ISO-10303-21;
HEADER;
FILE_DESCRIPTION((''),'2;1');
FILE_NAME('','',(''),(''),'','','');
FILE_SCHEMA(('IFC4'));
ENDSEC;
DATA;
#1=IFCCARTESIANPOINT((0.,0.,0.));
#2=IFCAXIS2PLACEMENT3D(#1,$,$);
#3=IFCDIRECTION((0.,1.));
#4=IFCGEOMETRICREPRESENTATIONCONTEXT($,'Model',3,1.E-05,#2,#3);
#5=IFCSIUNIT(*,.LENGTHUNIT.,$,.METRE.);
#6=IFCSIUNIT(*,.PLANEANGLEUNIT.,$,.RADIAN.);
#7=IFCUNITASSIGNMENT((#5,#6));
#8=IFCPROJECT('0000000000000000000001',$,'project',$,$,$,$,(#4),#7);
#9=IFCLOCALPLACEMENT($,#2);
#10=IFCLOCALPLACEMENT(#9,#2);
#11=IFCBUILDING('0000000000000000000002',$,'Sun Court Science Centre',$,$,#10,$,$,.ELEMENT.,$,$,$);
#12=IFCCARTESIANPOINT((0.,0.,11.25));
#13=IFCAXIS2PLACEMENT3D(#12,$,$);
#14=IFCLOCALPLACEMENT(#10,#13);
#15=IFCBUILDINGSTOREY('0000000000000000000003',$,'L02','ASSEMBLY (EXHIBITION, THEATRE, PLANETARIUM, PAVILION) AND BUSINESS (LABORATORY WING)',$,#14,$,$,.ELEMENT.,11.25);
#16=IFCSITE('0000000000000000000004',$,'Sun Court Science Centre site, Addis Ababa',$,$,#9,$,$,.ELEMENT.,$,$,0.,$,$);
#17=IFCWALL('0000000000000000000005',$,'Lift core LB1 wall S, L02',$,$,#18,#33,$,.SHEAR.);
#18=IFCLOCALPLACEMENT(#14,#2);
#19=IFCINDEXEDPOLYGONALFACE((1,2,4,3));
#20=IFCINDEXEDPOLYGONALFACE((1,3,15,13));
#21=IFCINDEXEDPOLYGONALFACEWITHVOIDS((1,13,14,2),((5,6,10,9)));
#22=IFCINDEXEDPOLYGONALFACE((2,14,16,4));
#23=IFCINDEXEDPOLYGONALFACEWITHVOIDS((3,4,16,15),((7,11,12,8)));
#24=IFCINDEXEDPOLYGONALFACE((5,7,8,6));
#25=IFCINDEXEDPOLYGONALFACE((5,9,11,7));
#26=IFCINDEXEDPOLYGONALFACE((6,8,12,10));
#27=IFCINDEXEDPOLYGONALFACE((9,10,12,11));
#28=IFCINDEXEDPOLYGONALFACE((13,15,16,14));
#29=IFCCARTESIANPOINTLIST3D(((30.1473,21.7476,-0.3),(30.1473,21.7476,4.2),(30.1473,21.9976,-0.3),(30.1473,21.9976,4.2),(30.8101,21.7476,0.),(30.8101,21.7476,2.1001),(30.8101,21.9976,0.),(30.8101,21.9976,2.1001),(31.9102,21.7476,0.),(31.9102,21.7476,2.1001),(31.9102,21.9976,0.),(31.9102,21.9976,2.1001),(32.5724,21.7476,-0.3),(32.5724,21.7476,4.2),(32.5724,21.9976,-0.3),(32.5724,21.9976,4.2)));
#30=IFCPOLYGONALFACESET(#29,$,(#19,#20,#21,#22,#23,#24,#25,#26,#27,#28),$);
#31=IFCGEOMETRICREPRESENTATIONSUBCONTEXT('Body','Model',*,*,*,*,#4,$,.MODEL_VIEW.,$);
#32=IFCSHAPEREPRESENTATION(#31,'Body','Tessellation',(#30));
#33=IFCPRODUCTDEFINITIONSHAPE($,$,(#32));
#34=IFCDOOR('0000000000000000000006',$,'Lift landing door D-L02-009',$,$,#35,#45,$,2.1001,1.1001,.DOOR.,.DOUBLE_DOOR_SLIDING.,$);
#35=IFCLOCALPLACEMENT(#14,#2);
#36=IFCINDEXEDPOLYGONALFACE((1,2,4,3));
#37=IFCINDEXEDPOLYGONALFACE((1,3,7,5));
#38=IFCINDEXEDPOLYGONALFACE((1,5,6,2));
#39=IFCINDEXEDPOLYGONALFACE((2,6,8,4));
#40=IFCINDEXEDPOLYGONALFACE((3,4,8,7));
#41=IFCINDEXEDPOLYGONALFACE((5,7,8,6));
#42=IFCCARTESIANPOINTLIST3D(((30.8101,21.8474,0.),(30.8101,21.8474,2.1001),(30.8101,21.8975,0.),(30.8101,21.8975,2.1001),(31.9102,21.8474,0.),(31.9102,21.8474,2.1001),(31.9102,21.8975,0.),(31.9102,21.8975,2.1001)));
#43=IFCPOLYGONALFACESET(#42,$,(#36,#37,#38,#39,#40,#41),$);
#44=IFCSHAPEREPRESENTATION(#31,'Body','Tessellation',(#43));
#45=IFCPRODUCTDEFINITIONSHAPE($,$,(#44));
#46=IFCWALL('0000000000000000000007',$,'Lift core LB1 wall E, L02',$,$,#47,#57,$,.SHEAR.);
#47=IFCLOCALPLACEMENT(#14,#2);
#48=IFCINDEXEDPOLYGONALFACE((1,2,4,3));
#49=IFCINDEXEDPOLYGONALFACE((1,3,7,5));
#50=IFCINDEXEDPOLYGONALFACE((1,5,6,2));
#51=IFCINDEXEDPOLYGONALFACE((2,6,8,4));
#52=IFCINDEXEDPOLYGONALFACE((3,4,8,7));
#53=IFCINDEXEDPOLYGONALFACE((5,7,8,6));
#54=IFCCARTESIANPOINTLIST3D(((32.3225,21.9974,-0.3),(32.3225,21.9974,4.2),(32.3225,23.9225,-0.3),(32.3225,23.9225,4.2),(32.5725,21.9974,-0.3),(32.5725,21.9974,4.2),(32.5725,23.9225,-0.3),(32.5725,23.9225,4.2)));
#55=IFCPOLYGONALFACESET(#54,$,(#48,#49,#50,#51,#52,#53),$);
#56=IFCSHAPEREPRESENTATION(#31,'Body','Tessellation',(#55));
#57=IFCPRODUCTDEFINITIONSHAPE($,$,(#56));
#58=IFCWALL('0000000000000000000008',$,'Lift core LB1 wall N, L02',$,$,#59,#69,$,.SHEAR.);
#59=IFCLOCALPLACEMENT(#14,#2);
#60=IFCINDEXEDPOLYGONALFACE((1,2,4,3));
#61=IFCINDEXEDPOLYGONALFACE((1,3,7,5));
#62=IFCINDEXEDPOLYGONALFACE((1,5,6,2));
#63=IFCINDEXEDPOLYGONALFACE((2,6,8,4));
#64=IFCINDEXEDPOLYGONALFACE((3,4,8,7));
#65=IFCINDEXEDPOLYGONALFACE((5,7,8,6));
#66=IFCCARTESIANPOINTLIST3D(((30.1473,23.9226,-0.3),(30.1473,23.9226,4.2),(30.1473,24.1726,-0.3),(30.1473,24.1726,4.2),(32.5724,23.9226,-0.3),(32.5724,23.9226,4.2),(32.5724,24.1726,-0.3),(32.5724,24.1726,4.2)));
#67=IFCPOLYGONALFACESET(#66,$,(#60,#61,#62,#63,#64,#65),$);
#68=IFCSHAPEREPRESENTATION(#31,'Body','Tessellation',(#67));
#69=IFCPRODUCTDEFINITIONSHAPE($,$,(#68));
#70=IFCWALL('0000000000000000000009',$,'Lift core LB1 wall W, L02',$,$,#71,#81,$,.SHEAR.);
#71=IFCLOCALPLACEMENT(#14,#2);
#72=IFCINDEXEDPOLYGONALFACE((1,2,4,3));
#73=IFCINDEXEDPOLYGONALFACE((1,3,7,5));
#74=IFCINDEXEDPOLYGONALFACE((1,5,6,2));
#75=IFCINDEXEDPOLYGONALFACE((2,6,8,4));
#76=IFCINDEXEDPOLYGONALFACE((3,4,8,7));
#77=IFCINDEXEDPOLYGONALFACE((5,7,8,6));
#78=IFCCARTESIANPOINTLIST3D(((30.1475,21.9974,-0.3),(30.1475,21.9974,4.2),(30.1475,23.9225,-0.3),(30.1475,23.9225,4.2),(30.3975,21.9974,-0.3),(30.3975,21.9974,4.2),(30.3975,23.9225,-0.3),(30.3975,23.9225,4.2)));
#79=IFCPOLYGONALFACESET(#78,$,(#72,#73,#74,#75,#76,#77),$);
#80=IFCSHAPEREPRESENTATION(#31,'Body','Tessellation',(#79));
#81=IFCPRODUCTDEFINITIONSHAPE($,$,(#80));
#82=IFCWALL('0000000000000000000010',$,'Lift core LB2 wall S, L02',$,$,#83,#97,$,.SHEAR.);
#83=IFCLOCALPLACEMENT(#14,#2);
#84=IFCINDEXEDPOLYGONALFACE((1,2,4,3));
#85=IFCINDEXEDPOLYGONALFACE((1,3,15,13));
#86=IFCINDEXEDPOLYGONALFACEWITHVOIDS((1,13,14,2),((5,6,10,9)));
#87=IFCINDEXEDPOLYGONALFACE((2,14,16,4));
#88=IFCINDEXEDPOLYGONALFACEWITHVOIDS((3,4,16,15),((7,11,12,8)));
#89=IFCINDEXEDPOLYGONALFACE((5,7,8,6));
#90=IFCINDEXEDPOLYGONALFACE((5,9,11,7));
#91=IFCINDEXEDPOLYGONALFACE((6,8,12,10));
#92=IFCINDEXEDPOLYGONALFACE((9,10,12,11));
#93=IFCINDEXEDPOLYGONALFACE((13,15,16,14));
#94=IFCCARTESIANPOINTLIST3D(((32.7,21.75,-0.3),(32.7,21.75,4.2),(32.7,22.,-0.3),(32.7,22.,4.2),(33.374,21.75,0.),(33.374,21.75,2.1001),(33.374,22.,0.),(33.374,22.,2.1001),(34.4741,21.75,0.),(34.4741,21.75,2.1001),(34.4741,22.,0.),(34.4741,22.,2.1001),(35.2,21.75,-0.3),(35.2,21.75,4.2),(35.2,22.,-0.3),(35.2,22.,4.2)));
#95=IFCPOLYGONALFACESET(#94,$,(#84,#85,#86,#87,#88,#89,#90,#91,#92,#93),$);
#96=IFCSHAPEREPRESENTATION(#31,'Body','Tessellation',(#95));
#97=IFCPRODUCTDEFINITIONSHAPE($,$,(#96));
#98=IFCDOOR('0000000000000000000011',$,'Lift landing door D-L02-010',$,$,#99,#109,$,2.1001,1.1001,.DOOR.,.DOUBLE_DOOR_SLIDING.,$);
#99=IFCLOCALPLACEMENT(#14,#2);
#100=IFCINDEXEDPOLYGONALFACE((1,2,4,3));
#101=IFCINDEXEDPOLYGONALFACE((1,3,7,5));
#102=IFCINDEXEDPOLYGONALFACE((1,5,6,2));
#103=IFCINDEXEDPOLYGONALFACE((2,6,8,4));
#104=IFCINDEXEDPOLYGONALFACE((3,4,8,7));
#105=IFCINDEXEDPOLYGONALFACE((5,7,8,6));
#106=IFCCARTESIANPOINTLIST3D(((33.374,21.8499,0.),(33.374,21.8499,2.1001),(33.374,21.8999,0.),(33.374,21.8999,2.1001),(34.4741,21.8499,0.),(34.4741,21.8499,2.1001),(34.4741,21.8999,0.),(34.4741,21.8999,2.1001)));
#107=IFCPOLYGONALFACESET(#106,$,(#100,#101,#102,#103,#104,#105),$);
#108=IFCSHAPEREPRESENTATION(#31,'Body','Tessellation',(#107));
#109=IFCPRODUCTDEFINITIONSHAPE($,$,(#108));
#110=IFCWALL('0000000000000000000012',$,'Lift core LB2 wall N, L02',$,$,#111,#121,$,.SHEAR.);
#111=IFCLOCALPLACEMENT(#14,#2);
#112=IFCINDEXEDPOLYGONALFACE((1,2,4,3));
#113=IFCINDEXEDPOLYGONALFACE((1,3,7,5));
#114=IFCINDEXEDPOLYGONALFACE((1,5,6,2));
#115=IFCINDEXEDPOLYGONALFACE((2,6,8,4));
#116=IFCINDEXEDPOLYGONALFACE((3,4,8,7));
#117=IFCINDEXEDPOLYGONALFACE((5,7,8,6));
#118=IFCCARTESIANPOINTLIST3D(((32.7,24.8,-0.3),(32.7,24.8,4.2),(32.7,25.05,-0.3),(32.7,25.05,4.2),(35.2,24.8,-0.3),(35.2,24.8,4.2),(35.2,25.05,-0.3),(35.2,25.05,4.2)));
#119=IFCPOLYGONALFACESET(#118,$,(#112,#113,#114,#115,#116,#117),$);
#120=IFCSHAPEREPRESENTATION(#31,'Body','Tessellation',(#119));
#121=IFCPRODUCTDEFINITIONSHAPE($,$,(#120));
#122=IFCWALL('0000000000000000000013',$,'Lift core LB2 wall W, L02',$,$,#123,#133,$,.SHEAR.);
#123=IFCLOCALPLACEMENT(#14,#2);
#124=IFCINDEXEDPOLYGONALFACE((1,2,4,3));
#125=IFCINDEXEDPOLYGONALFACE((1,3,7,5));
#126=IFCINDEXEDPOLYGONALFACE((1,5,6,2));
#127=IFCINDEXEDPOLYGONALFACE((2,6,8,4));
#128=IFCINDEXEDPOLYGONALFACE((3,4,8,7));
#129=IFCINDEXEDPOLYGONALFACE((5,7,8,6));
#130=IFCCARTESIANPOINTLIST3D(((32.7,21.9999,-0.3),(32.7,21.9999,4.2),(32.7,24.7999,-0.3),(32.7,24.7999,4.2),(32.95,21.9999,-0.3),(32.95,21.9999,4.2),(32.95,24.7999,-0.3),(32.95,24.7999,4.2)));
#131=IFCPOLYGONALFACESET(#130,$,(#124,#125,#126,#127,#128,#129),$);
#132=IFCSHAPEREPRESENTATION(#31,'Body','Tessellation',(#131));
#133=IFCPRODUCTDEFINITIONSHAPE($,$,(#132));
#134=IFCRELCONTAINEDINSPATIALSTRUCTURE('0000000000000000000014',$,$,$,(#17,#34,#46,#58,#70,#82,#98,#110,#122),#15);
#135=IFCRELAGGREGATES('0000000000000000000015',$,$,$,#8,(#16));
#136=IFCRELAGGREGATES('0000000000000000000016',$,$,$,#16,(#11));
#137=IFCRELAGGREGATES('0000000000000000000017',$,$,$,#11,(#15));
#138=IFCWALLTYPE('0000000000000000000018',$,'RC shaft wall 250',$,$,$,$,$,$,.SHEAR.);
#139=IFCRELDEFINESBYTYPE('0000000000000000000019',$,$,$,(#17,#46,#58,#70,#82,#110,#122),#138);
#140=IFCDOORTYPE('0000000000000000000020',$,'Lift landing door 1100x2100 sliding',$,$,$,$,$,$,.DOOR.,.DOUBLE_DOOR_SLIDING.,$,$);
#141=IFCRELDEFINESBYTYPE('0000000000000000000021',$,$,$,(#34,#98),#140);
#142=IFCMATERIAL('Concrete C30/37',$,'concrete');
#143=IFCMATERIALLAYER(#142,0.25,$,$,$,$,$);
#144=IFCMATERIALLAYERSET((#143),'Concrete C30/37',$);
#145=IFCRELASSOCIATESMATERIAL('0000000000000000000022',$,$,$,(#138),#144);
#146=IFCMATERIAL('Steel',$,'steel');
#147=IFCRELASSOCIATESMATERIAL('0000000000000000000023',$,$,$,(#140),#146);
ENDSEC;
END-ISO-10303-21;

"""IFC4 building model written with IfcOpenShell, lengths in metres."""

from ifc_helpers import new_model, si_unit, direction, frame, frame_2d, origin, place, context, subcontext, project, spatial, rectangle, extrude, material, layer, layer_set, type_object, element, fill, save


model = new_model("IFC4")

# Units and contexts
model_context = context("Model", 3, precision=1e-05, world=origin(), true_north=direction((0.0, 1.0)))
body_context = subcontext(model_context, "Body", "Model", "MODEL_VIEW")
ifc_project = project(units=[si_unit("LENGTHUNIT", "METRE"), si_unit("PLANEANGLEUNIT", "RADIAN")], contexts=[model_context])

# Site, building, storey
site_placement = place(None, origin())
site = spatial("IfcSite", under=ifc_project, at=site_placement, Name="Sun Court Science Centre site, Addis Ababa", CompositionType="ELEMENT", RefElevation=0.0)
building_placement = place(site_placement, origin())
building = spatial("IfcBuilding", under=site, at=building_placement, Name="Sun Court Science Centre", CompositionType="ELEMENT")
storey_placement = place(building_placement, frame((0.0, 0.0, 11.25)))
storey = spatial("IfcBuildingStorey", under=building, at=storey_placement, Name="L02", Description="ASSEMBLY (EXHIBITION, THEATRE, PLANETARIUM, PAVILION) AND BUSINESS (LABORATORY WING)", CompositionType="ELEMENT", Elevation=11.25)

# Wall, opening, door
ifc_material_1 = material(Name="Concrete C30/37", Category="concrete")
ifc_layer_1 = layer(ifc_material_1, 0.25)
ifc_layer_set_1 = layer_set([ifc_layer_1], Name="Concrete C30/37")
wall_type = type_object("IfcWallType", Name="RC shaft wall 250", PredefinedType="SHEAR", material=ifc_layer_set_1)
wall_1_placement = place(storey_placement, frame((30.1475, 21.8726, -0.3), z_axis=(0.0, 0.0, 1.0), x_axis=(1.0, 0.0, 0.0)))
wall_1 = element("IfcWall", 1, at=wall_1_placement, inside=storey, type_object=wall_type, Name="Lift core LB1 wall S, L02", PredefinedType="SHEAR", context=body_context, shape_type="SweptSolid", body=[
    extrude(rectangle(XDim=2.425, YDim=0.25, at=frame_2d((1.2124, 0.0))), origin(), (0.0, 0.0, 1.0), 4.5),
])
opening_1_placement = place(wall_1_placement, frame((0.6626, 0.0, 0.3)))
opening_1 = element("IfcOpeningElement", 2, at=opening_1_placement, cuts=wall_1, PredefinedType="OPENING", context=body_context, shape_type="SweptSolid", body=[
    extrude(rectangle(XDim=1.1001, YDim=2.1001, at=frame_2d((0.55, 1.05))), frame((0.0, 0.135, 0.0), z_axis=(0.0, -1.0, 0.0), x_axis=(1.0, 0.0, 0.0)), (0.0, 0.0, 1.0), 0.27),
])
ifc_material_2 = material(Name="Steel", Category="steel")
door_type = type_object("IfcDoorType", Name="Lift landing door 1100x2100 sliding", OperationType="DOUBLE_DOOR_SLIDING", PredefinedType="DOOR", material=ifc_material_2)
door_1_placement = place(opening_1_placement, origin())
door_1 = element("IfcDoor", 3, at=door_1_placement, inside=storey, type_object=door_type, Name="Lift landing door D-L02-009", OperationType="DOUBLE_DOOR_SLIDING", OverallHeight=2.1001, OverallWidth=1.1001, PredefinedType="DOOR", context=body_context, shape_type="SweptSolid", body=[
    extrude(rectangle(XDim=1.1001, YDim=2.1001, at=frame_2d((0.55, 1.05))), frame((0.0, 0.0249, 0.0), z_axis=(0.0, -1.0, 0.0), x_axis=(1.0, 0.0, 0.0)), (0.0, 0.0, 1.0), 0.05),
])
fill(opening_1, door_1)

# Walls
wall_2_placement = place(storey_placement, frame((32.4475, 21.9976, -0.3), z_axis=(0.0, 0.0, 1.0), x_axis=(0.0, 1.0, 0.0)))
element("IfcWall", 4, at=wall_2_placement, inside=storey, type_object=wall_type, Name="Lift core LB1 wall E, L02", PredefinedType="SHEAR", context=body_context, shape_type="SweptSolid", body=[
    extrude(rectangle(XDim=1.925, YDim=0.25, at=frame_2d((0.9624, 0.0))), origin(), (0.0, 0.0, 1.0), 4.5),
])
wall_3_placement = place(storey_placement, frame((30.1475, 24.0476, -0.3), z_axis=(0.0, 0.0, 1.0), x_axis=(1.0, 0.0, 0.0)))
element("IfcWall", 5, at=wall_3_placement, inside=storey, type_object=wall_type, Name="Lift core LB1 wall N, L02", PredefinedType="SHEAR", context=body_context, shape_type="SweptSolid", body=[
    extrude(rectangle(XDim=2.425, YDim=0.25, at=frame_2d((1.2124, 0.0))), origin(), (0.0, 0.0, 1.0), 4.5),
])
wall_4_placement = place(storey_placement, frame((30.2725, 21.9976, -0.3), z_axis=(0.0, 0.0, 1.0), x_axis=(0.0, 1.0, 0.0)))
element("IfcWall", 6, at=wall_4_placement, inside=storey, type_object=wall_type, Name="Lift core LB1 wall W, L02", PredefinedType="SHEAR", context=body_context, shape_type="SweptSolid", body=[
    extrude(rectangle(XDim=1.925, YDim=0.25, at=frame_2d((0.9624, 0.0))), origin(), (0.0, 0.0, 1.0), 4.5),
])

# Wall, opening, door
wall_5_placement = place(storey_placement, frame((32.7, 21.875, -0.3), z_axis=(0.0, 0.0, 1.0), x_axis=(1.0, 0.0, 0.0)))
wall_5 = element("IfcWall", 7, at=wall_5_placement, inside=storey, type_object=wall_type, Name="Lift core LB2 wall S, L02", PredefinedType="SHEAR", context=body_context, shape_type="SweptSolid", body=[
    extrude(rectangle(XDim=2.5, YDim=0.25, at=frame_2d((1.25, 0.0))), origin(), (0.0, 0.0, 1.0), 4.5),
])
opening_2_placement = place(wall_5_placement, frame((0.6741, 0.0, 0.3)))
opening_2 = element("IfcOpeningElement", 8, at=opening_2_placement, cuts=wall_5, PredefinedType="OPENING", context=body_context, shape_type="SweptSolid", body=[
    extrude(rectangle(XDim=1.1001, YDim=2.1001, at=frame_2d((0.55, 1.05))), frame((0.0, 0.135, 0.0), z_axis=(0.0, -1.0, 0.0), x_axis=(1.0, 0.0, 0.0)), (0.0, 0.0, 1.0), 0.27),
])
door_2_placement = place(opening_2_placement, origin())
door_2 = element("IfcDoor", 9, at=door_2_placement, inside=storey, type_object=door_type, Name="Lift landing door D-L02-010", OperationType="DOUBLE_DOOR_SLIDING", OverallHeight=2.1001, OverallWidth=1.1001, PredefinedType="DOOR", context=body_context, shape_type="SweptSolid", body=[
    extrude(rectangle(XDim=1.1001, YDim=2.1001, at=frame_2d((0.55, 1.05))), frame((0.0, 0.0249, 0.0), z_axis=(0.0, -1.0, 0.0), x_axis=(1.0, 0.0, 0.0)), (0.0, 0.0, 1.0), 0.05),
])
fill(opening_2, door_2)

# Walls
wall_6_placement = place(storey_placement, frame((32.7, 24.925, -0.3), z_axis=(0.0, 0.0, 1.0), x_axis=(1.0, 0.0, 0.0)))
element("IfcWall", 10, at=wall_6_placement, inside=storey, type_object=wall_type, Name="Lift core LB2 wall N, L02", PredefinedType="SHEAR", context=body_context, shape_type="SweptSolid", body=[
    extrude(rectangle(XDim=2.5, YDim=0.25, at=frame_2d((1.25, 0.0))), origin(), (0.0, 0.0, 1.0), 4.5),
])
wall_7_placement = place(storey_placement, frame((32.825, 22.0, -0.3), z_axis=(0.0, 0.0, 1.0), x_axis=(0.0, 1.0, 0.0)))
element("IfcWall", 11, at=wall_7_placement, inside=storey, type_object=wall_type, Name="Lift core LB2 wall W, L02", PredefinedType="SHEAR", context=body_context, shape_type="SweptSolid", body=[
    extrude(rectangle(XDim=2.8, YDim=0.25, at=frame_2d((1.3999, 0.0))), origin(), (0.0, 0.0, 1.0), 4.5),
])

save(model, "model.ifc")
